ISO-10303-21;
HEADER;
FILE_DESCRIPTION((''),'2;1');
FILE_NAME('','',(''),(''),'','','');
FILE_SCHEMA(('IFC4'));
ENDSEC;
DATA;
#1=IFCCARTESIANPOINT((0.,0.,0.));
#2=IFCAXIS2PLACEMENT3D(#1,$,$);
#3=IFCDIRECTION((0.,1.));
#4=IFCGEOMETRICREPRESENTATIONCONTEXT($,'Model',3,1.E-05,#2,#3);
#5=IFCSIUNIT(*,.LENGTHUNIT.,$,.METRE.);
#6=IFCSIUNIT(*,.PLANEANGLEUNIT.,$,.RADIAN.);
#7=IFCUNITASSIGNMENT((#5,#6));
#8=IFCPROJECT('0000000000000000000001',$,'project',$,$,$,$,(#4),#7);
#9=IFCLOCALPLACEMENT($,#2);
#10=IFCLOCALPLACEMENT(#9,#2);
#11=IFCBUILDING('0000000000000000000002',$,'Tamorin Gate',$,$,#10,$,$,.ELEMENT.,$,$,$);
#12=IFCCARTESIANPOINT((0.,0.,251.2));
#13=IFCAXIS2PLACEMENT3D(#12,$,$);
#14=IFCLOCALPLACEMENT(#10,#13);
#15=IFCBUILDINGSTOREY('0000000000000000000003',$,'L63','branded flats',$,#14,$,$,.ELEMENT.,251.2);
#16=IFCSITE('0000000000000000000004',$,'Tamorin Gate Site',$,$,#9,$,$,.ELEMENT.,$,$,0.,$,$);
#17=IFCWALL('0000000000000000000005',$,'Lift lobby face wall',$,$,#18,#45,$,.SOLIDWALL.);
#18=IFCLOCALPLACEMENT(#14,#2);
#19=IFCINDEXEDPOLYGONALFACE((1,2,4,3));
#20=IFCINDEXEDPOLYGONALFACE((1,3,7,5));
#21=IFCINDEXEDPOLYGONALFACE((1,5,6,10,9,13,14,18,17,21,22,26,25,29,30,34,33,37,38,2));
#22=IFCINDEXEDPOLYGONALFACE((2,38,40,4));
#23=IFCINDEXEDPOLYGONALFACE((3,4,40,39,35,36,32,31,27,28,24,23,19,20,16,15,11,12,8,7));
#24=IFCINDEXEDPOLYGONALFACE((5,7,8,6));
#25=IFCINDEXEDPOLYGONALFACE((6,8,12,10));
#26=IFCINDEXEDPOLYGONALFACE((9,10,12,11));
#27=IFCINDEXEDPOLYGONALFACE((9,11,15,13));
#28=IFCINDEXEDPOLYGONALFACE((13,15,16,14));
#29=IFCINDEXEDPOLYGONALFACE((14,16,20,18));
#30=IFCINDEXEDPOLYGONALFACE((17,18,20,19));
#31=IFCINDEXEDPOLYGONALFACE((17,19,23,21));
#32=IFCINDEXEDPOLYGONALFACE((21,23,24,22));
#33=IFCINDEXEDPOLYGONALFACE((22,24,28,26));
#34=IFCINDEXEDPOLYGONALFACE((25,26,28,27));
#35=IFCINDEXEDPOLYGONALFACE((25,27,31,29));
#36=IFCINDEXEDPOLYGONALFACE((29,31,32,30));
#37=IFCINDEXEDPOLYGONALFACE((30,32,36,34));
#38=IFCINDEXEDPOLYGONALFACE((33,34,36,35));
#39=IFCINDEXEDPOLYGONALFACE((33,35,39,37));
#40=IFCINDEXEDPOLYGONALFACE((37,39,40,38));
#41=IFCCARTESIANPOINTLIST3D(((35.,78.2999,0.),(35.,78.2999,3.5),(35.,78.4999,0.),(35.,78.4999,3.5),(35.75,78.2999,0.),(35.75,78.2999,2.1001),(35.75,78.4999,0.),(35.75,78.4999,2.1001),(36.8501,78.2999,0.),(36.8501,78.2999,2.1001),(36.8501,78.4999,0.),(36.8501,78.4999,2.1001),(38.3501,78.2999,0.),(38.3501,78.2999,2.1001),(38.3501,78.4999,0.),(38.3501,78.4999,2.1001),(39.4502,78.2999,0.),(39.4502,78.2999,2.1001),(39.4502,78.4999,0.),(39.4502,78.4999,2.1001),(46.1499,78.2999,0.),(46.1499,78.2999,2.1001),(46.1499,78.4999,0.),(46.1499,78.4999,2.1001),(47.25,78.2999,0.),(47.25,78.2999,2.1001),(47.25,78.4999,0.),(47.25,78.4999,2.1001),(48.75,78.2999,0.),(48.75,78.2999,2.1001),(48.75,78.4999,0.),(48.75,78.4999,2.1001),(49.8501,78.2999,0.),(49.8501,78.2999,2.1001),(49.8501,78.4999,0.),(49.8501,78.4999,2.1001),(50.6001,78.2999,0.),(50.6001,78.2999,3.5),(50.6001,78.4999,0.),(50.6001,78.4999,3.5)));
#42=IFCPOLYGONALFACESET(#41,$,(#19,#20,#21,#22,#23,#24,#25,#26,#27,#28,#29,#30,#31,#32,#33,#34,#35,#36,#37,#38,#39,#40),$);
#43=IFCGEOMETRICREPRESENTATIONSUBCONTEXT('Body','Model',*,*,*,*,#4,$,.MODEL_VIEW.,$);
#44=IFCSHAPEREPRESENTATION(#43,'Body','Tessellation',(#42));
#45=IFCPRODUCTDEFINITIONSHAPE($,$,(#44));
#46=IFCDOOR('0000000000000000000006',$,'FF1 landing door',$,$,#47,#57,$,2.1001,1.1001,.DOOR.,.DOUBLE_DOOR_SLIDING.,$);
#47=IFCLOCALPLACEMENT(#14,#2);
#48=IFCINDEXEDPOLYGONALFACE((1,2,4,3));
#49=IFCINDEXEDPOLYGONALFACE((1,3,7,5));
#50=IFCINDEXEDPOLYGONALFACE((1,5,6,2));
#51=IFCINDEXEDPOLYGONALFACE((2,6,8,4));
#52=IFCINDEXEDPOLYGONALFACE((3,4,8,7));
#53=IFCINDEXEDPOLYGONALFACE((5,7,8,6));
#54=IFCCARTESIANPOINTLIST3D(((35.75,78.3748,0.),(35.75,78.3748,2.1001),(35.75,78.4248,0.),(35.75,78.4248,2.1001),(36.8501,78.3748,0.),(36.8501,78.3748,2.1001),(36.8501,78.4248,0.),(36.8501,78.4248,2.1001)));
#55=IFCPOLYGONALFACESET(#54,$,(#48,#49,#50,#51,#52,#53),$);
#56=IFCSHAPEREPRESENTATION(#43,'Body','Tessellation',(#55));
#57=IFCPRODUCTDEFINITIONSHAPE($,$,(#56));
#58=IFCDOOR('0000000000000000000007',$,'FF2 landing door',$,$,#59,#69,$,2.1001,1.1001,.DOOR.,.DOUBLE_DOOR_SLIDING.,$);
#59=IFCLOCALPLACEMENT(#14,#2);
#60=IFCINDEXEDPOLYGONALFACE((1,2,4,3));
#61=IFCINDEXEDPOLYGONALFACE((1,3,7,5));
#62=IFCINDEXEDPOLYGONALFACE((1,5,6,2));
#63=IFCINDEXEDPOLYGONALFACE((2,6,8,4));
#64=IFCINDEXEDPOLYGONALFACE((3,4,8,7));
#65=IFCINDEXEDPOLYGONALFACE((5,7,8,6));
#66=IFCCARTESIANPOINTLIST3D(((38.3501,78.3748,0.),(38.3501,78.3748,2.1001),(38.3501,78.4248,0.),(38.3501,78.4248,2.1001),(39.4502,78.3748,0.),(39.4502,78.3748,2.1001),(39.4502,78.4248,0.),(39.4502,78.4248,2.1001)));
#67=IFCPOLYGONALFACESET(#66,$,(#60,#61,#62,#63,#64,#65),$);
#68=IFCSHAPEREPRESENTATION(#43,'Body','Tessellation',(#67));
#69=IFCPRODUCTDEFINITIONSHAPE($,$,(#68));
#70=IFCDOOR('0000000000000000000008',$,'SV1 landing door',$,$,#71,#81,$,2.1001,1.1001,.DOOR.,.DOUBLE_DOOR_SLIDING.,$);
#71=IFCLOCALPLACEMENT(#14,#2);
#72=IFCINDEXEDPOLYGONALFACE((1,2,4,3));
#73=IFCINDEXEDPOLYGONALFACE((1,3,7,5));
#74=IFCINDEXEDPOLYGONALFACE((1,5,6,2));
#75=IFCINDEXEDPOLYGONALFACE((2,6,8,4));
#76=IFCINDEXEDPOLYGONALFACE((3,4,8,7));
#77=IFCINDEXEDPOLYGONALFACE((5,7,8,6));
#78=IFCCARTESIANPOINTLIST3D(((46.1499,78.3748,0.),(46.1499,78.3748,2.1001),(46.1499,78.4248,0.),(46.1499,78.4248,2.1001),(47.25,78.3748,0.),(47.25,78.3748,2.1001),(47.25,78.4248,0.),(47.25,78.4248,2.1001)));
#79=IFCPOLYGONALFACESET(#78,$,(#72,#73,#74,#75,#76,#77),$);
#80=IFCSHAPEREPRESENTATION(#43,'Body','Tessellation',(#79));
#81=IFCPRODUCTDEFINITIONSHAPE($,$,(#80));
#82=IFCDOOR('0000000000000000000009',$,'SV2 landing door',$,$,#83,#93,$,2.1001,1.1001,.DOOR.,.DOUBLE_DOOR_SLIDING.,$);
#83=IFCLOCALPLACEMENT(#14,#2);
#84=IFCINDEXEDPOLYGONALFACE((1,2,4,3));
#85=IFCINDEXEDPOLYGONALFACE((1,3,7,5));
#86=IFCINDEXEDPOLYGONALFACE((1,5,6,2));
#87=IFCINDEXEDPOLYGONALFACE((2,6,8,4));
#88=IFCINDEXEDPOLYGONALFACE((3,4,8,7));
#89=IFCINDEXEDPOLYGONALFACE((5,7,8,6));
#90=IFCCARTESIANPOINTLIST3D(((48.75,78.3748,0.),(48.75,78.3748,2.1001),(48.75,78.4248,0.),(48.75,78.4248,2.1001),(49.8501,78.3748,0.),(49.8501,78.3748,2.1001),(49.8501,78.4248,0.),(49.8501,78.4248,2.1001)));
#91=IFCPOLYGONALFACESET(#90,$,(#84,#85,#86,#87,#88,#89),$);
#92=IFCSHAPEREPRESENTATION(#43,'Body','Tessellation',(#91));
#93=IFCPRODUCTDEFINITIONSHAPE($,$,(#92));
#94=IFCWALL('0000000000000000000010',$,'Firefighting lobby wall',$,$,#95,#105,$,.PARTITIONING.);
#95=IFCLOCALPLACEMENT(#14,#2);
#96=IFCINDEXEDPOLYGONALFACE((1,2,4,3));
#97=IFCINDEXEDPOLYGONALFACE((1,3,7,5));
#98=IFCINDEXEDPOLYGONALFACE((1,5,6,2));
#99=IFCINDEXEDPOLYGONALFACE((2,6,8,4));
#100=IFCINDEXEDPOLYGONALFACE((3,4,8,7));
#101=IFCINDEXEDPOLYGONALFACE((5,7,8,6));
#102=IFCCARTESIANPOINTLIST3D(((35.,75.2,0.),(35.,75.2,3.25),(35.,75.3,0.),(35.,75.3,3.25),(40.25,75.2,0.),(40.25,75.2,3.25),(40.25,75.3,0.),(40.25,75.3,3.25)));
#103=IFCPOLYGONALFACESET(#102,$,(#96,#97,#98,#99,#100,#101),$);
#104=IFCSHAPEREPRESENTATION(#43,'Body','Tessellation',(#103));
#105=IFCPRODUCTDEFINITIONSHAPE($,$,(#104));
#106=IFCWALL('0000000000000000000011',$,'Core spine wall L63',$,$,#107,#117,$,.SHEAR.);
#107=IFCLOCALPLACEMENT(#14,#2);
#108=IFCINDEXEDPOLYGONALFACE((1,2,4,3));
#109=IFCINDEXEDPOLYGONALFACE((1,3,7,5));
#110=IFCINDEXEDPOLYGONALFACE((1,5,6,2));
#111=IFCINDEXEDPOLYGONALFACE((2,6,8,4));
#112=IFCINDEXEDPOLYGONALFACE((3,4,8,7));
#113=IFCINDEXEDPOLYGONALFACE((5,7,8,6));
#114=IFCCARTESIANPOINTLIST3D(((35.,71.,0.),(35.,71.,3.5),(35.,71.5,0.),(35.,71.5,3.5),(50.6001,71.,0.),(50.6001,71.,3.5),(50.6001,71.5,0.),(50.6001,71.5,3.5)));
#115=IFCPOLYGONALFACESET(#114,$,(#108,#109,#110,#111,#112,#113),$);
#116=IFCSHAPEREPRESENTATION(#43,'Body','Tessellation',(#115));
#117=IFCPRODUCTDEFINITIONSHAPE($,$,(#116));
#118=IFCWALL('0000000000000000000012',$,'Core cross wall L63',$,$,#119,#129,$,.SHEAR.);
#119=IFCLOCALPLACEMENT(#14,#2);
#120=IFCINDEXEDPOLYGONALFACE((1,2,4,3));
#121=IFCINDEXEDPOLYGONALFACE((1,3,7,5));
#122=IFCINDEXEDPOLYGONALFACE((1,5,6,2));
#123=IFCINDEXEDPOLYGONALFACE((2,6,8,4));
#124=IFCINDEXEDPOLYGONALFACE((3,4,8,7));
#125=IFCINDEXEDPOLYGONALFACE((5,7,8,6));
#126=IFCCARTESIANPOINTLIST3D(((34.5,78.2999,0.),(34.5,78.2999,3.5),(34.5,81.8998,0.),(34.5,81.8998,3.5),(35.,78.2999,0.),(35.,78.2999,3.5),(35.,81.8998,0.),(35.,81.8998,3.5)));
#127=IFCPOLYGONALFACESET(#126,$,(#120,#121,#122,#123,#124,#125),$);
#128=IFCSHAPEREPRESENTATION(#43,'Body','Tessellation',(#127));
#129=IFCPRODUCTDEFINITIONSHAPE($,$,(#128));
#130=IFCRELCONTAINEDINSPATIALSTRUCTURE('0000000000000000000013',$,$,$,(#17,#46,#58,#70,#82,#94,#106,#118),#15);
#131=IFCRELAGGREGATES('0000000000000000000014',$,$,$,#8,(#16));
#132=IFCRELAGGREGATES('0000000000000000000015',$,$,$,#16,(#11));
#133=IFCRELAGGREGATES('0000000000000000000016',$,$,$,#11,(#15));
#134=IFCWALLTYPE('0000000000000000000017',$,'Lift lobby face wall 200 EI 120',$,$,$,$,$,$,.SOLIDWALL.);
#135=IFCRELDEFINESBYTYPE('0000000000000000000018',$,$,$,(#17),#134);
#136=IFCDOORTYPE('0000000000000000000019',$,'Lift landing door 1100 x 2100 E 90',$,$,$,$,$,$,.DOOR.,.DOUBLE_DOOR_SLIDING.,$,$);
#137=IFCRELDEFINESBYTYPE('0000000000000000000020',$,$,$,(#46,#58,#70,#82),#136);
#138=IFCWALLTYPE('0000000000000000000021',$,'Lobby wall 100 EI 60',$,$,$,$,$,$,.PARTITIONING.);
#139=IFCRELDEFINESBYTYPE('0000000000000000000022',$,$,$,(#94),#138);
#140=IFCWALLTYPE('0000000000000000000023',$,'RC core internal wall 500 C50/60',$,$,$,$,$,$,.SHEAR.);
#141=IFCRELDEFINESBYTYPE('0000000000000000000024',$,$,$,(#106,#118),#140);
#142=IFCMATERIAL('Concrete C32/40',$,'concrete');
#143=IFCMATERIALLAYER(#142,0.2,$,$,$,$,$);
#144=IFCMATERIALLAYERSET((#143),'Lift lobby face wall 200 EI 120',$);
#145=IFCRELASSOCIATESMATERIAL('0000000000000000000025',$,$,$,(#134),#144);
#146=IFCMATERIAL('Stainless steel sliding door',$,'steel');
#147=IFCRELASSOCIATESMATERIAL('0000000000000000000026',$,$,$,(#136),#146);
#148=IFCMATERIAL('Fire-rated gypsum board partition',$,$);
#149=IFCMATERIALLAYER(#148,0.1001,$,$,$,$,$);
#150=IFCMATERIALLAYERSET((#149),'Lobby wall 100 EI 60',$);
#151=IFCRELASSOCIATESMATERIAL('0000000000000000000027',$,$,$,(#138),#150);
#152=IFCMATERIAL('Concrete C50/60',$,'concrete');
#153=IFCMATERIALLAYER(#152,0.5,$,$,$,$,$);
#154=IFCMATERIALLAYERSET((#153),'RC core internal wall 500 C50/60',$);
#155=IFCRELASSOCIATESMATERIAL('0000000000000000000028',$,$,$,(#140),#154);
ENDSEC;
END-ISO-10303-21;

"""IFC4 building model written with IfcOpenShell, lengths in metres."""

from ifc_helpers import new_model, si_unit, direction, frame, frame_2d, origin, place, context, subcontext, project, spatial, rectangle, extrude, material, layer, layer_set, type_object, element, fill, save


model = new_model("IFC4")

# Units and contexts
model_context = context("Model", 3, precision=1e-05, world=origin(), true_north=direction((0.0, 1.0)))
body_context = subcontext(model_context, "Body", "Model", "MODEL_VIEW")
ifc_project = project(units=[si_unit("LENGTHUNIT", "METRE"), si_unit("PLANEANGLEUNIT", "RADIAN")], contexts=[model_context])

# Site, building, storey
site_placement = place(None, origin())
site = spatial("IfcSite", under=ifc_project, at=site_placement, Name="Tamorin Gate Site", CompositionType="ELEMENT", RefElevation=0.0)
building_placement = place(site_placement, origin())
building = spatial("IfcBuilding", under=site, at=building_placement, Name="Tamorin Gate", CompositionType="ELEMENT")
storey_placement = place(building_placement, frame((0.0, 0.0, 251.2)))
storey = spatial("IfcBuildingStorey", under=building, at=storey_placement, Name="L63", Description="branded flats", CompositionType="ELEMENT", Elevation=251.2)

# Wall, openings, doors
ifc_material_1 = material(Name="Concrete C32/40", Category="concrete")
ifc_layer_1 = layer(ifc_material_1, 0.2)
ifc_layer_set_1 = layer_set([ifc_layer_1], Name="Lift lobby face wall 200 EI 120")
wall_type_1 = type_object("IfcWallType", Name="Lift lobby face wall 200 EI 120", PredefinedType="SOLIDWALL", material=ifc_layer_set_1)
ifc_material_2 = material(Name="Stainless steel sliding door", Category="steel")
door_type_1 = type_object("IfcDoorType", Name="Lift landing door 1100 x 2100 E 90", OperationType="DOUBLE_DOOR_SLIDING", PredefinedType="DOOR", material=ifc_material_2)
wall_1_placement = place(storey_placement, frame((35.0, 78.3999, 0.0), z_axis=(0.0, 0.0, 1.0), x_axis=(1.0, 0.0, 0.0)))
wall_1 = element("IfcWall", 1, at=wall_1_placement, inside=storey, type_object=wall_type_1, Name="Lift lobby face wall", PredefinedType="SOLIDWALL", context=body_context, shape_type="SweptSolid", body=[
    extrude(rectangle(XDim=15.6001, YDim=0.2, at=frame_2d((7.8, 0.0))), origin(), (0.0, 0.0, 1.0), 3.5),
])
opening_1_placement = place(wall_1_placement, frame((0.75, 0.0, 0.0)))
opening_1 = element("IfcOpeningElement", 2, at=opening_1_placement, cuts=wall_1, PredefinedType="OPENING", context=body_context, shape_type="SweptSolid", body=[
    extrude(rectangle(XDim=1.1001, YDim=2.1001, at=frame_2d((0.55, 1.05))), frame((0.0, 0.1099, 0.0), z_axis=(0.0, -1.0, 0.0), x_axis=(1.0, 0.0, 0.0)), (0.0, 0.0, 1.0), 0.22),
])
opening_2_placement = place(wall_1_placement, frame((3.3501, 0.0, 0.0)))
opening_2 = element("IfcOpeningElement", 3, at=opening_2_placement, cuts=wall_1, PredefinedType="OPENING", context=body_context, shape_type="SweptSolid", body=[
    extrude(rectangle(XDim=1.1001, YDim=2.1001, at=frame_2d((0.55, 1.05))), frame((0.0, 0.1099, 0.0), z_axis=(0.0, -1.0, 0.0), x_axis=(1.0, 0.0, 0.0)), (0.0, 0.0, 1.0), 0.22),
])
opening_3_placement = place(wall_1_placement, frame((11.1499, 0.0, 0.0)))
opening_3 = element("IfcOpeningElement", 4, at=opening_3_placement, cuts=wall_1, PredefinedType="OPENING", context=body_context, shape_type="SweptSolid", body=[
    extrude(rectangle(XDim=1.1001, YDim=2.1001, at=frame_2d((0.55, 1.05))), frame((0.0, 0.1099, 0.0), z_axis=(0.0, -1.0, 0.0), x_axis=(1.0, 0.0, 0.0)), (0.0, 0.0, 1.0), 0.22),
])
opening_4_placement = place(wall_1_placement, frame((13.75, 0.0, 0.0)))
opening_4 = element("IfcOpeningElement", 5, at=opening_4_placement, cuts=wall_1, PredefinedType="OPENING", context=body_context, shape_type="SweptSolid", body=[
    extrude(rectangle(XDim=1.1001, YDim=2.1001, at=frame_2d((0.55, 1.05))), frame((0.0, 0.1099, 0.0), z_axis=(0.0, -1.0, 0.0), x_axis=(1.0, 0.0, 0.0)), (0.0, 0.0, 1.0), 0.22),
])
door_1_placement = place(opening_1_placement, origin())
door_1 = element("IfcDoor", 6, at=door_1_placement, inside=storey, type_object=door_type_1, Name="FF1 landing door", OperationType="DOUBLE_DOOR_SLIDING", OverallHeight=2.1001, OverallWidth=1.1001, PredefinedType="DOOR", context=body_context, shape_type="SweptSolid", body=[
    extrude(rectangle(XDim=1.1001, YDim=2.1001, at=frame_2d((0.55, 1.05))), frame((0.0, 0.0249, 0.0), z_axis=(0.0, -1.0, 0.0), x_axis=(1.0, 0.0, 0.0)), (0.0, 0.0, 1.0), 0.05),
])
fill(opening_1, door_1)
door_2_placement = place(opening_2_placement, origin())
door_2 = element("IfcDoor", 7, at=door_2_placement, inside=storey, type_object=door_type_1, Name="FF2 landing door", OperationType="DOUBLE_DOOR_SLIDING", OverallHeight=2.1001, OverallWidth=1.1001, PredefinedType="DOOR", context=body_context, shape_type="SweptSolid", body=[
    extrude(rectangle(XDim=1.1001, YDim=2.1001, at=frame_2d((0.55, 1.05))), frame((0.0, 0.0249, 0.0), z_axis=(0.0, -1.0, 0.0), x_axis=(1.0, 0.0, 0.0)), (0.0, 0.0, 1.0), 0.05),
])
fill(opening_2, door_2)
door_3_placement = place(opening_3_placement, origin())
door_3 = element("IfcDoor", 8, at=door_3_placement, inside=storey, type_object=door_type_1, Name="SV1 landing door", OperationType="DOUBLE_DOOR_SLIDING", OverallHeight=2.1001, OverallWidth=1.1001, PredefinedType="DOOR", context=body_context, shape_type="SweptSolid", body=[
    extrude(rectangle(XDim=1.1001, YDim=2.1001, at=frame_2d((0.55, 1.05))), frame((0.0, 0.0249, 0.0), z_axis=(0.0, -1.0, 0.0), x_axis=(1.0, 0.0, 0.0)), (0.0, 0.0, 1.0), 0.05),
])
fill(opening_3, door_3)
door_4_placement = place(opening_4_placement, origin())
door_4 = element("IfcDoor", 9, at=door_4_placement, inside=storey, type_object=door_type_1, Name="SV2 landing door", OperationType="DOUBLE_DOOR_SLIDING", OverallHeight=2.1001, OverallWidth=1.1001, PredefinedType="DOOR", context=body_context, shape_type="SweptSolid", body=[
    extrude(rectangle(XDim=1.1001, YDim=2.1001, at=frame_2d((0.55, 1.05))), frame((0.0, 0.0249, 0.0), z_axis=(0.0, -1.0, 0.0), x_axis=(1.0, 0.0, 0.0)), (0.0, 0.0, 1.0), 0.05),
])
fill(opening_4, door_4)

# Walls
ifc_material_3 = material(Name="Fire-rated gypsum board partition")
ifc_layer_2 = layer(ifc_material_3, 0.1001)
ifc_layer_set_2 = layer_set([ifc_layer_2], Name="Lobby wall 100 EI 60")
wall_type_2 = type_object("IfcWallType", Name="Lobby wall 100 EI 60", PredefinedType="PARTITIONING", material=ifc_layer_set_2)
wall_2_placement = place(storey_placement, frame((35.0, 75.25, 0.0), z_axis=(0.0, 0.0, 1.0), x_axis=(1.0, 0.0, 0.0)))
element("IfcWall", 10, at=wall_2_placement, inside=storey, type_object=wall_type_2, Name="Firefighting lobby wall", PredefinedType="PARTITIONING", context=body_context, shape_type="SweptSolid", body=[
    extrude(rectangle(XDim=5.25, YDim=0.1001, at=frame_2d((2.625, 0.0))), origin(), (0.0, 0.0, 1.0), 3.25),
])
ifc_material_4 = material(Name="Concrete C50/60", Category="concrete")
ifc_layer_3 = layer(ifc_material_4, 0.5)
ifc_layer_set_3 = layer_set([ifc_layer_3], Name="RC core internal wall 500 C50/60")
wall_type_3 = type_object("IfcWallType", Name="RC core internal wall 500 C50/60", PredefinedType="SHEAR", material=ifc_layer_set_3)
wall_3_placement = place(storey_placement, frame((35.0, 71.25, 0.0), z_axis=(0.0, 0.0, 1.0), x_axis=(1.0, 0.0, 0.0)))
element("IfcWall", 11, at=wall_3_placement, inside=storey, type_object=wall_type_3, Name="Core spine wall L63", PredefinedType="SHEAR", context=body_context, shape_type="SweptSolid", body=[
    extrude(rectangle(XDim=15.6001, YDim=0.5, at=frame_2d((7.8, 0.0))), origin(), (0.0, 0.0, 1.0), 3.5),
])
wall_4_placement = place(storey_placement, frame((34.75, 78.3, 0.0), z_axis=(0.0, 0.0, 1.0), x_axis=(0.0, 1.0, 0.0)))
element("IfcWall", 12, at=wall_4_placement, inside=storey, type_object=wall_type_3, Name="Core cross wall L63", PredefinedType="SHEAR", context=body_context, shape_type="SweptSolid", body=[
    extrude(rectangle(XDim=3.5999, YDim=0.5, at=frame_2d((1.7998, 0.0))), origin(), (0.0, 0.0, 1.0), 3.5),
])

save(model, "model.ifc")
